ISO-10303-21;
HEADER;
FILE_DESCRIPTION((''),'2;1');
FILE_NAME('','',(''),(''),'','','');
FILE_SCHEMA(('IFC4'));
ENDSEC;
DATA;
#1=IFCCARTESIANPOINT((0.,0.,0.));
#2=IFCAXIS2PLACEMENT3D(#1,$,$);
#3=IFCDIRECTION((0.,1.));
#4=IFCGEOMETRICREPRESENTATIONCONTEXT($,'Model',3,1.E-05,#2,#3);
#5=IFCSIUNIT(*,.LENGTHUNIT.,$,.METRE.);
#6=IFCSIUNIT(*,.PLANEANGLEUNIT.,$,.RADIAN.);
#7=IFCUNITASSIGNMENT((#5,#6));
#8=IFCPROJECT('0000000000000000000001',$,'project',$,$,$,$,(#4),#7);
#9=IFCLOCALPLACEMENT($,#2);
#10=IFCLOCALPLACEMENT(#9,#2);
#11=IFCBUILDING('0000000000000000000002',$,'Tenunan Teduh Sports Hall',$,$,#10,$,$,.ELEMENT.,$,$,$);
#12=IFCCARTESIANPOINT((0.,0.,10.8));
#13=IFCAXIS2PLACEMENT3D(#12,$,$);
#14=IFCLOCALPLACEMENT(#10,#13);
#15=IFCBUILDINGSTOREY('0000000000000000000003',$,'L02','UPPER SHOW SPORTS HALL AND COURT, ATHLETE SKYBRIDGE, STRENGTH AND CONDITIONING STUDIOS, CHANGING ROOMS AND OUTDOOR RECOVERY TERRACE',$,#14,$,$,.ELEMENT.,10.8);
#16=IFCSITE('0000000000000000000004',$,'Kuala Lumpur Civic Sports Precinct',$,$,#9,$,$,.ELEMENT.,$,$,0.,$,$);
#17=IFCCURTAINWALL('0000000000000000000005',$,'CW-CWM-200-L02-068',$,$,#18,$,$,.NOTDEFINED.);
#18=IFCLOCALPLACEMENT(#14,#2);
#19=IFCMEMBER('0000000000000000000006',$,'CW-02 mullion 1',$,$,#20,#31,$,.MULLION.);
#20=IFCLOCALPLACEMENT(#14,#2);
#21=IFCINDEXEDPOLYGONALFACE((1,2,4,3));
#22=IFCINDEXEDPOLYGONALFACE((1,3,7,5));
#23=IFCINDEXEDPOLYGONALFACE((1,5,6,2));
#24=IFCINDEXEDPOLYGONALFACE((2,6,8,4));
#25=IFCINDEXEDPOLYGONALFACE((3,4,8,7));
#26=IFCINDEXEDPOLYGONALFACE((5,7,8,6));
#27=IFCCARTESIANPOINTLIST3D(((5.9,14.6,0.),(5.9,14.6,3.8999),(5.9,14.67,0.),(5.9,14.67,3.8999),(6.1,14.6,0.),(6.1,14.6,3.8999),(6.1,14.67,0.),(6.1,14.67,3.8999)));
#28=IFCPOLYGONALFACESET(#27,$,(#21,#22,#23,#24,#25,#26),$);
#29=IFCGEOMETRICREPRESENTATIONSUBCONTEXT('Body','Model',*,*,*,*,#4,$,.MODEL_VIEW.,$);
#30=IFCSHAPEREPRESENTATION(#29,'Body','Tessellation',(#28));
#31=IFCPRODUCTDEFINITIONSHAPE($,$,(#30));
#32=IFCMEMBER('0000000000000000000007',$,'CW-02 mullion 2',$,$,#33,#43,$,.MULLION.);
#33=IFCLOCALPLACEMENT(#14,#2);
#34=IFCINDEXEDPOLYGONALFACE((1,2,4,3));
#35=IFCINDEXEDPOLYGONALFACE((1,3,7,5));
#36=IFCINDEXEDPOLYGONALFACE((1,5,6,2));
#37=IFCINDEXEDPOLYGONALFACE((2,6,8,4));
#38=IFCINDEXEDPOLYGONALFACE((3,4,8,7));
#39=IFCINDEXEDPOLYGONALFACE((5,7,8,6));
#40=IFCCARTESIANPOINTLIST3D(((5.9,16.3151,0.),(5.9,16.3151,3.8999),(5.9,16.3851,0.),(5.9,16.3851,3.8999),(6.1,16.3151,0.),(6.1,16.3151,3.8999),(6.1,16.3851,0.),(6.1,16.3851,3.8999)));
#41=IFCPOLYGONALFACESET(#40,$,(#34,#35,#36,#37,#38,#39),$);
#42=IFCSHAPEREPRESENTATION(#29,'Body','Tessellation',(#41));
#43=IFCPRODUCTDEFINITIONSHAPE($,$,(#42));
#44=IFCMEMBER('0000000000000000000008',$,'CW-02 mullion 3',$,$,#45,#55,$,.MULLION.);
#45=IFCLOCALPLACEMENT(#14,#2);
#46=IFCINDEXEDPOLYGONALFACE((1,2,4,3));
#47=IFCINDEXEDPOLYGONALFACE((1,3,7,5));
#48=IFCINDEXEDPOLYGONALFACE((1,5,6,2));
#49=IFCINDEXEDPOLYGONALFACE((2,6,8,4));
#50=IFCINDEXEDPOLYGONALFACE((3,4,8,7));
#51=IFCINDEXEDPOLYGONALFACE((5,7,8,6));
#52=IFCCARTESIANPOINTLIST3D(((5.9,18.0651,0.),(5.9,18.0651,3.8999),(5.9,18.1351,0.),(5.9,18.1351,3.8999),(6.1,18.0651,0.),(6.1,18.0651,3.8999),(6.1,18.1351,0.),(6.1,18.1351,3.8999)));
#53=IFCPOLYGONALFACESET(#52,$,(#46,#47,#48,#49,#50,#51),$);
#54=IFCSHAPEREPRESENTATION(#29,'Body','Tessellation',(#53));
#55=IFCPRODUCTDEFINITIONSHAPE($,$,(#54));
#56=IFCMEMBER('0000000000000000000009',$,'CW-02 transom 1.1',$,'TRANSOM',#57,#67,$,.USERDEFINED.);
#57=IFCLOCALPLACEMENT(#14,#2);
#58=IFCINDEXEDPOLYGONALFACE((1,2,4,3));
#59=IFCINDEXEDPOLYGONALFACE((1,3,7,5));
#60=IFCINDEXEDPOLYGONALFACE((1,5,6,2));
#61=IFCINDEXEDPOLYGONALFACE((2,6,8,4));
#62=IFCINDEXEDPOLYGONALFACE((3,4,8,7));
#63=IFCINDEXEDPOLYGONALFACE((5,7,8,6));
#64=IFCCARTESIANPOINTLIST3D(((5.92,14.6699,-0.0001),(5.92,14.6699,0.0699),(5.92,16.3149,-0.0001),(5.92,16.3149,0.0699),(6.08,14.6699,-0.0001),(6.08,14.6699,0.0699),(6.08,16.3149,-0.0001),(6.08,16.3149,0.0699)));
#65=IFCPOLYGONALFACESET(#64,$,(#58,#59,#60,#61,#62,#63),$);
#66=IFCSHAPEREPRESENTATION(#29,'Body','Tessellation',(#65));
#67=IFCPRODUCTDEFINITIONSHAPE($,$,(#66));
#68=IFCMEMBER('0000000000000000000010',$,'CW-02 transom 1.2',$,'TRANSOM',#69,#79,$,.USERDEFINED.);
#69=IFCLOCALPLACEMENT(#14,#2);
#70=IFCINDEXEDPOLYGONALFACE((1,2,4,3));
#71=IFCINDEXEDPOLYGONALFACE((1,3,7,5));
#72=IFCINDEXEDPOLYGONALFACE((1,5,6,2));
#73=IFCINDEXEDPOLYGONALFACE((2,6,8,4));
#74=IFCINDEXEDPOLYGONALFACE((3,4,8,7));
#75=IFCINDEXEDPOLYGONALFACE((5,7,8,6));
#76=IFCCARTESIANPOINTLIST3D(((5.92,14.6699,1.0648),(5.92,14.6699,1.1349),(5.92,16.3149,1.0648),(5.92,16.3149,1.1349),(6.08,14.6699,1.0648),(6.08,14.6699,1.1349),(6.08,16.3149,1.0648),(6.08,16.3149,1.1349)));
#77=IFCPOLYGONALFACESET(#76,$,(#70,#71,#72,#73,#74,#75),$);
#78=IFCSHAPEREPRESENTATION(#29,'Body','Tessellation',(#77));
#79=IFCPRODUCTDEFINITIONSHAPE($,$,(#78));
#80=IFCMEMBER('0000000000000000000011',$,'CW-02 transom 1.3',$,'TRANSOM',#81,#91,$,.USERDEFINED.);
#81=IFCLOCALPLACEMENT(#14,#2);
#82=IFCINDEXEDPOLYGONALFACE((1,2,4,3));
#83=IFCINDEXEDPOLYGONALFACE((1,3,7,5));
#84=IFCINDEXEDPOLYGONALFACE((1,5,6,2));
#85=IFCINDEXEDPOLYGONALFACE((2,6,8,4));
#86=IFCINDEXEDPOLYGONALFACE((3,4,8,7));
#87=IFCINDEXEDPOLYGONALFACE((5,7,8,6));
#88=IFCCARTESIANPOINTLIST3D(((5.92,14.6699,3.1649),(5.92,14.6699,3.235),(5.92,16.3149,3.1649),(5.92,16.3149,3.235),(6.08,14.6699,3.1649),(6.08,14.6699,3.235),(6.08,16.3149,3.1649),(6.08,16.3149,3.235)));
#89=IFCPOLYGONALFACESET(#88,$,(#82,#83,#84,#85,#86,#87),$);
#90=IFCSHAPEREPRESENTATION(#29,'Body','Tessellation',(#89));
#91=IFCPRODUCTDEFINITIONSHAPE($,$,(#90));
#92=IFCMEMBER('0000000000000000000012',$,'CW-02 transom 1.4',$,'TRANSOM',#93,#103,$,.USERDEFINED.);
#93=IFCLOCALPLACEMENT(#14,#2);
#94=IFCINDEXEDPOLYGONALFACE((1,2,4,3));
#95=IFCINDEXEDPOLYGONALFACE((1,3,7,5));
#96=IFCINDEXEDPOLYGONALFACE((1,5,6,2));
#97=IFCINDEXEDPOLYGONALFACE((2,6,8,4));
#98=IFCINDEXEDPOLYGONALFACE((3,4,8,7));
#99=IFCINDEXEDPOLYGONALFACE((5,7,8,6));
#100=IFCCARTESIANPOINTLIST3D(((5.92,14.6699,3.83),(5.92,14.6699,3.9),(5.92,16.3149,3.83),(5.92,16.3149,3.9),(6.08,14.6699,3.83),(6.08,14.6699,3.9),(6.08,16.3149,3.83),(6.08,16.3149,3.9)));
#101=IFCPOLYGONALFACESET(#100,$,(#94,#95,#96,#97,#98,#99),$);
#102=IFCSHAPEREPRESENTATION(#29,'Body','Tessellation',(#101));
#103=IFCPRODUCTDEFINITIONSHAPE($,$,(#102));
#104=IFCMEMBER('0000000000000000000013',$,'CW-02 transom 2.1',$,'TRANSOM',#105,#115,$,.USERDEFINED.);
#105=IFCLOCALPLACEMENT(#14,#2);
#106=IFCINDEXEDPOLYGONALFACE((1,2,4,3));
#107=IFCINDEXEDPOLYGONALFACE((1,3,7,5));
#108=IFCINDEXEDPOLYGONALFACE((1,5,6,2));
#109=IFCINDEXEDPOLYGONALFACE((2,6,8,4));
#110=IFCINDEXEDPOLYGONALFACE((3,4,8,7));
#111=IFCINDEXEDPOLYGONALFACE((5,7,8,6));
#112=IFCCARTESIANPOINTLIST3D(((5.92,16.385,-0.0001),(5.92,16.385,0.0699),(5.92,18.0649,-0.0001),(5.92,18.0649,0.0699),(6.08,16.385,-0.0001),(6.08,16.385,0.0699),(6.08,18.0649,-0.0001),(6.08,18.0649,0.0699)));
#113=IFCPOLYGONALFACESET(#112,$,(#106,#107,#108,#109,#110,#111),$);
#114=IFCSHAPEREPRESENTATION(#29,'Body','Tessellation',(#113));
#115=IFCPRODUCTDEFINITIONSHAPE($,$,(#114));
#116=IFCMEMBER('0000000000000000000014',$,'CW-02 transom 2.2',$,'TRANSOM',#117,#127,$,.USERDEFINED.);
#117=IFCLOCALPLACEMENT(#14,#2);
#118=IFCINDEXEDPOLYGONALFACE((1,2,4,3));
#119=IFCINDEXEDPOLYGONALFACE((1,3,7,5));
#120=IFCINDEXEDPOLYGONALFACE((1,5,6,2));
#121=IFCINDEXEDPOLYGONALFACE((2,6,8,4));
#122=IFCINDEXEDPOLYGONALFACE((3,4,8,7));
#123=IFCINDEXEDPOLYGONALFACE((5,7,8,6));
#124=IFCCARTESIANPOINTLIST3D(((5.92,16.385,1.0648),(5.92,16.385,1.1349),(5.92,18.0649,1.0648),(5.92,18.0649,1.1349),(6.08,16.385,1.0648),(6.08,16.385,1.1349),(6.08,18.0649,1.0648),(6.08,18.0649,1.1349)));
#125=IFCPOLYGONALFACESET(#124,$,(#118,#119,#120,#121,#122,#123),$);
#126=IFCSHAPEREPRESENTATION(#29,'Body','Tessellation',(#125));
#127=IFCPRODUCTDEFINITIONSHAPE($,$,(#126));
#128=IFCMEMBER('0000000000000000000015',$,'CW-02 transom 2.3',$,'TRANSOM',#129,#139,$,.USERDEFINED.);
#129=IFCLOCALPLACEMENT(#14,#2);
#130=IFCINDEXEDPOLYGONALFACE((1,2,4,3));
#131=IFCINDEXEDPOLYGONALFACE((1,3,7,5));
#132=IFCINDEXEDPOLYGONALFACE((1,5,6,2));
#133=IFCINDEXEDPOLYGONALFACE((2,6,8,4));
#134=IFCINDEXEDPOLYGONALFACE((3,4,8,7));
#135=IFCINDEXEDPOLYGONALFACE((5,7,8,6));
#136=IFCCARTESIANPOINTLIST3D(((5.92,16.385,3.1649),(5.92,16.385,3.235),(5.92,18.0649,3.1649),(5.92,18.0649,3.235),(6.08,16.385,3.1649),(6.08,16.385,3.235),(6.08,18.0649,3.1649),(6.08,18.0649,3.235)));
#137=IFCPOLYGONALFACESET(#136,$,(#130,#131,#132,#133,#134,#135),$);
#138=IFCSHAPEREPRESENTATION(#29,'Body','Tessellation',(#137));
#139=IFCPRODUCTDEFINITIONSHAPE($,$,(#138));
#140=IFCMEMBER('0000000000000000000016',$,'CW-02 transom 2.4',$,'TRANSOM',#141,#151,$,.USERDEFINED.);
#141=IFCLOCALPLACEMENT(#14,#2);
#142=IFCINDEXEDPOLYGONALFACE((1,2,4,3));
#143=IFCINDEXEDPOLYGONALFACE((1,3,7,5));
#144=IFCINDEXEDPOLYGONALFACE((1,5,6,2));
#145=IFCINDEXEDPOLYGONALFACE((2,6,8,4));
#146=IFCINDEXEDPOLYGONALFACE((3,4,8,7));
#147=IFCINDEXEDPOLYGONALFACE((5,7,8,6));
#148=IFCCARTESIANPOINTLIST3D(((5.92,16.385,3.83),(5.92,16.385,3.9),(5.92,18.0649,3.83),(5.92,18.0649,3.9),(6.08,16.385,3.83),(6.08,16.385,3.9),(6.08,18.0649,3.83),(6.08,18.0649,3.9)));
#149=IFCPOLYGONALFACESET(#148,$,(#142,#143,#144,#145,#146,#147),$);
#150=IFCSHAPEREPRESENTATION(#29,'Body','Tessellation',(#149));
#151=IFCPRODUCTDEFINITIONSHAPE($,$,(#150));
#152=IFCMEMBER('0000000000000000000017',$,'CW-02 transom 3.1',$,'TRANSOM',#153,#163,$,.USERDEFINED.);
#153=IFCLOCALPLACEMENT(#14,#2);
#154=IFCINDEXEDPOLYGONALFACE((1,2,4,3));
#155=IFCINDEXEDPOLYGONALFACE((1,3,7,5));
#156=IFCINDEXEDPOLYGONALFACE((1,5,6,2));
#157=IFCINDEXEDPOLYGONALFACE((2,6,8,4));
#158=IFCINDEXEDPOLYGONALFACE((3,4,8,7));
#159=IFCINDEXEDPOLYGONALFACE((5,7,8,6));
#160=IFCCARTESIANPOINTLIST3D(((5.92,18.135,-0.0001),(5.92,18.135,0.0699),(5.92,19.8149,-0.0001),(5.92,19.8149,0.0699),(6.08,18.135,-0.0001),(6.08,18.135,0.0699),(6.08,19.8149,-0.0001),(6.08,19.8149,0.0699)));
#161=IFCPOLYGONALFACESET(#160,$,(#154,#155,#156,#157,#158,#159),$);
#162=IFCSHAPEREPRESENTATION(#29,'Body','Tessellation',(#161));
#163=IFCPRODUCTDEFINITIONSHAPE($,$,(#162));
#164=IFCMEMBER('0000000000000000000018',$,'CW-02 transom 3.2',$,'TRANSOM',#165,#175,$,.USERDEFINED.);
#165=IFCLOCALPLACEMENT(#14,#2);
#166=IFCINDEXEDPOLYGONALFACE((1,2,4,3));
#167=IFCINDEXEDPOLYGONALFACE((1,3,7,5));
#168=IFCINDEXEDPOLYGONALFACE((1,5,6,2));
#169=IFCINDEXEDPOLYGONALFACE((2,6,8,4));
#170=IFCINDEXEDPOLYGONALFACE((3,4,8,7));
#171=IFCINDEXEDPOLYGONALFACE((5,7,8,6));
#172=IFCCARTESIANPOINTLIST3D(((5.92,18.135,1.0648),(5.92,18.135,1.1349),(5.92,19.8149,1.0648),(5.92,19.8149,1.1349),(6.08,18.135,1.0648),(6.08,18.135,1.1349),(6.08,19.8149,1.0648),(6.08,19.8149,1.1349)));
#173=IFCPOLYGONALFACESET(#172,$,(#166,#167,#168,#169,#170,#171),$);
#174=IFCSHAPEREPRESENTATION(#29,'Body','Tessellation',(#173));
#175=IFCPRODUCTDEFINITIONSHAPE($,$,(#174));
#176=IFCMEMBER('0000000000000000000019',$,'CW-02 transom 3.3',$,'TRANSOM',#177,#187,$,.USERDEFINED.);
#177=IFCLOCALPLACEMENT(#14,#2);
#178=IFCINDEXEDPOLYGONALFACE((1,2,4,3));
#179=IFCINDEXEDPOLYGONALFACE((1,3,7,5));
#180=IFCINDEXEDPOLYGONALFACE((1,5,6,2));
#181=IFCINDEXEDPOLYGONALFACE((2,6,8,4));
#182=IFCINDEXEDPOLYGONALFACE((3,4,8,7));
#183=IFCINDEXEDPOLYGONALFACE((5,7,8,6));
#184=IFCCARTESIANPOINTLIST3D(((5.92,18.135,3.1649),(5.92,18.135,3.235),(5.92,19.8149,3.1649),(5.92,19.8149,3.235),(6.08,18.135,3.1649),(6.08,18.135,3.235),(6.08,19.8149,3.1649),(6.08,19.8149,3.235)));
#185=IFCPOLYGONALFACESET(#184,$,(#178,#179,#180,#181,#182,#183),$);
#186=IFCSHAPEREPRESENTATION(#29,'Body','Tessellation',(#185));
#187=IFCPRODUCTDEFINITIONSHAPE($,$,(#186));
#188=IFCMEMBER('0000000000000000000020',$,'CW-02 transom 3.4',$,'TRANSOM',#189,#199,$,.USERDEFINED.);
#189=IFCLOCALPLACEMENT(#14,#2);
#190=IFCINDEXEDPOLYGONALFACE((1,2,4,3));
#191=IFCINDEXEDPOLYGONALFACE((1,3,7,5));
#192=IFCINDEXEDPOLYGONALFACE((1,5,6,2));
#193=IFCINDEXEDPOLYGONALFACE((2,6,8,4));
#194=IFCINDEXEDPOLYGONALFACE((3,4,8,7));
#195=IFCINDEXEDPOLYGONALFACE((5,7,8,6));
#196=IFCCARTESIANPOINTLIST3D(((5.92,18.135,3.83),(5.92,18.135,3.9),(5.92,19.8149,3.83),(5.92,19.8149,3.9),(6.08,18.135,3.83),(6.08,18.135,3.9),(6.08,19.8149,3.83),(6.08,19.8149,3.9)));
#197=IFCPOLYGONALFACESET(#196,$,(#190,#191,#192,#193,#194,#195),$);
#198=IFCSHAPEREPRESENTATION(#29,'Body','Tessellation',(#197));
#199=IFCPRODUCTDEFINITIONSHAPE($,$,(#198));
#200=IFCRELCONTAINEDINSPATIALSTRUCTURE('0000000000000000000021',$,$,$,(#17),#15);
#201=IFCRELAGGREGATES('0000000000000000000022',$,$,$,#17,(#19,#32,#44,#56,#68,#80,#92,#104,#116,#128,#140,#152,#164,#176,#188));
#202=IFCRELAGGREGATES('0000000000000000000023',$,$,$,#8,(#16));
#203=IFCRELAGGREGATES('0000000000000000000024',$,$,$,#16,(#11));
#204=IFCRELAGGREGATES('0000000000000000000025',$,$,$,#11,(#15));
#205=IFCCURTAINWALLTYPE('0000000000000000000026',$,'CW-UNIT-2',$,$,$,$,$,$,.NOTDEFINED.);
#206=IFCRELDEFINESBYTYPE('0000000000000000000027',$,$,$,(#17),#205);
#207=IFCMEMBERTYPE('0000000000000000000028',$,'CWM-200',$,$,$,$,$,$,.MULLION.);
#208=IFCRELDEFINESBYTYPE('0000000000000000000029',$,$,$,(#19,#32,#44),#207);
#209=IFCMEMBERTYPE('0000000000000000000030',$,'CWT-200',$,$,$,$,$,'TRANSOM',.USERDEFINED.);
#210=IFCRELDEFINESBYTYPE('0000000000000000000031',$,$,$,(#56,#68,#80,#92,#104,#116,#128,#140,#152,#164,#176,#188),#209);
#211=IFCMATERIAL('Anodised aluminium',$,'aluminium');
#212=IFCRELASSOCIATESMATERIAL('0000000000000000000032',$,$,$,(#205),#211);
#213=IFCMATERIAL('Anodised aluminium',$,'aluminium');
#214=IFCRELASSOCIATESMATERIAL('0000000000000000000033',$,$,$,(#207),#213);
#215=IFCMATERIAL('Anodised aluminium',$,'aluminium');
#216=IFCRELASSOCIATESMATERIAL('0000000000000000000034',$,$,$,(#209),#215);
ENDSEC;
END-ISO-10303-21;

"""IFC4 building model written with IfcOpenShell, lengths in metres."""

from ifc_helpers import new_model, si_unit, direction, frame, origin, origin_2d, place, context, subcontext, project, spatial, rectangle, extrude, material, material_profile, profile_set, type_object, element, aggregate, save


model = new_model("IFC4")

# Units and contexts
model_context = context("Model", 3, precision=1e-05, world=origin(), true_north=direction((0.0, 1.0)))
body_context = subcontext(model_context, "Body", "Model", "MODEL_VIEW")
ifc_project = project(units=[si_unit("LENGTHUNIT", "METRE"), si_unit("PLANEANGLEUNIT", "RADIAN")], contexts=[model_context])

# Site, building, storey
site_placement = place(None, origin())
site = spatial("IfcSite", under=ifc_project, at=site_placement, Name="Kuala Lumpur Civic Sports Precinct", CompositionType="ELEMENT", RefElevation=0.0)
building_placement = place(site_placement, origin())
building = spatial("IfcBuilding", under=site, at=building_placement, Name="Tenunan Teduh Sports Hall", CompositionType="ELEMENT")
storey_placement = place(building_placement, frame((0.0, 0.0, 10.8)))
storey = spatial("IfcBuildingStorey", under=building, at=storey_placement, Name="L02", Description="UPPER SHOW SPORTS HALL AND COURT, ATHLETE SKYBRIDGE, STRENGTH AND CONDITIONING STUDIOS, CHANGING ROOMS AND OUTDOOR RECOVERY TERRACE", CompositionType="ELEMENT", Elevation=10.8)

# Curtain wall, members
ifc_material_1 = material(Name="Anodised aluminium", Category="aluminium")
curtain_wall_type = type_object("IfcCurtainWallType", Name="CW-UNIT-2", PredefinedType="NOTDEFINED", material=ifc_material_1)
curtain_wall_placement = place(storey_placement, origin())
curtain_wall = element("IfcCurtainWall", 1, at=curtain_wall_placement, inside=storey, type_object=curtain_wall_type, Name="CW-CWM-200-L02-068", PredefinedType="NOTDEFINED")
ifc_material_2 = material(Name="Anodised aluminium", Category="aluminium")
ifc_material_profile_1 = material_profile(ifc_material_2, rectangle(XDim=0.0701, YDim=0.2, at=origin_2d()), Name="CWM 70x200")
ifc_profile_set_1 = profile_set([ifc_material_profile_1], Name="Anodised aluminium")
member_type_1 = type_object("IfcMemberType", Name="CWM-200", PredefinedType="MULLION", material=ifc_profile_set_1)
member_1_placement = place(storey_placement, frame((6.0, 14.635, 0.0), z_axis=(0.0, 0.0, 1.0), x_axis=(0.0, 1.0, 0.0)))
member_1 = element("IfcMember", 2, at=member_1_placement, type_object=member_type_1, Name="CW-02 mullion 1", PredefinedType="MULLION", context=body_context, shape_type="SweptSolid", body=[
    extrude(rectangle(XDim=0.0701, YDim=0.2, at=origin_2d()), origin(), (0.0, 0.0, 1.0), 3.8999),
])
member_2_placement = place(storey_placement, frame((6.0, 16.3501, 0.0), z_axis=(0.0, 0.0, 1.0), x_axis=(0.0, 1.0, 0.0)))
member_2 = element("IfcMember", 3, at=member_2_placement, type_object=member_type_1, Name="CW-02 mullion 2", PredefinedType="MULLION", context=body_context, shape_type="SweptSolid", body=[
    extrude(rectangle(XDim=0.0701, YDim=0.2, at=origin_2d()), origin(), (0.0, 0.0, 1.0), 3.8999),
])
member_3_placement = place(storey_placement, frame((6.0, 18.1001, 0.0), z_axis=(0.0, 0.0, 1.0), x_axis=(0.0, 1.0, 0.0)))
member_3 = element("IfcMember", 4, at=member_3_placement, type_object=member_type_1, Name="CW-02 mullion 3", PredefinedType="MULLION", context=body_context, shape_type="SweptSolid", body=[
    extrude(rectangle(XDim=0.0701, YDim=0.2, at=origin_2d()), origin(), (0.0, 0.0, 1.0), 3.8999),
])
ifc_material_3 = material(Name="Anodised aluminium", Category="aluminium")
ifc_material_profile_2 = material_profile(ifc_material_3, rectangle(XDim=0.0701, YDim=0.1599, at=origin_2d()), Name="CWT 70x160")
ifc_profile_set_2 = profile_set([ifc_material_profile_2], Name="Anodised aluminium")
member_type_2 = type_object("IfcMemberType", Name="CWT-200", ElementType="TRANSOM", PredefinedType="USERDEFINED", material=ifc_profile_set_2)
member_4_placement = place(storey_placement, frame((6.0, 14.6699, 0.0349), z_axis=(0.0, 1.0, 0.0), x_axis=(0.0, 0.0, 1.0)))
member_4 = element("IfcMember", 5, at=member_4_placement, type_object=member_type_2, Name="CW-02 transom 1.1", ObjectType="TRANSOM", PredefinedType="USERDEFINED", context=body_context, shape_type="SweptSolid", body=[
    extrude(rectangle(XDim=0.0701, YDim=0.1599, at=origin_2d()), origin(), (0.0, 0.0, 1.0), 1.645),
])
member_5_placement = place(storey_placement, frame((6.0, 14.6699, 1.0999), z_axis=(0.0, 1.0, 0.0), x_axis=(0.0, 0.0, 1.0)))
member_5 = element("IfcMember", 6, at=member_5_placement, type_object=member_type_2, Name="CW-02 transom 1.2", ObjectType="TRANSOM", PredefinedType="USERDEFINED", context=body_context, shape_type="SweptSolid", body=[
    extrude(rectangle(XDim=0.0701, YDim=0.1599, at=origin_2d()), origin(), (0.0, 0.0, 1.0), 1.645),
])
member_6_placement = place(storey_placement, frame((6.0, 14.6699, 3.2), z_axis=(0.0, 1.0, 0.0), x_axis=(0.0, 0.0, 1.0)))
member_6 = element("IfcMember", 7, at=member_6_placement, type_object=member_type_2, Name="CW-02 transom 1.3", ObjectType="TRANSOM", PredefinedType="USERDEFINED", context=body_context, shape_type="SweptSolid", body=[
    extrude(rectangle(XDim=0.0701, YDim=0.1599, at=origin_2d()), origin(), (0.0, 0.0, 1.0), 1.645),
])
member_7_placement = place(storey_placement, frame((6.0, 14.6699, 3.865), z_axis=(0.0, 1.0, 0.0), x_axis=(0.0, 0.0, 1.0)))
member_7 = element("IfcMember", 8, at=member_7_placement, type_object=member_type_2, Name="CW-02 transom 1.4", ObjectType="TRANSOM", PredefinedType="USERDEFINED", context=body_context, shape_type="SweptSolid", body=[
    extrude(rectangle(XDim=0.0701, YDim=0.1599, at=origin_2d()), origin(), (0.0, 0.0, 1.0), 1.645),
])
member_8_placement = place(storey_placement, frame((6.0, 16.385, 0.0349), z_axis=(0.0, 1.0, 0.0), x_axis=(0.0, 0.0, 1.0)))
member_8 = element("IfcMember", 9, at=member_8_placement, type_object=member_type_2, Name="CW-02 transom 2.1", ObjectType="TRANSOM", PredefinedType="USERDEFINED", context=body_context, shape_type="SweptSolid", body=[
    extrude(rectangle(XDim=0.0701, YDim=0.1599, at=origin_2d()), origin(), (0.0, 0.0, 1.0), 1.6799),
])
member_9_placement = place(storey_placement, frame((6.0, 16.385, 1.0999), z_axis=(0.0, 1.0, 0.0), x_axis=(0.0, 0.0, 1.0)))
member_9 = element("IfcMember", 10, at=member_9_placement, type_object=member_type_2, Name="CW-02 transom 2.2", ObjectType="TRANSOM", PredefinedType="USERDEFINED", context=body_context, shape_type="SweptSolid", body=[
    extrude(rectangle(XDim=0.0701, YDim=0.1599, at=origin_2d()), origin(), (0.0, 0.0, 1.0), 1.6799),
])
member_10_placement = place(storey_placement, frame((6.0, 16.385, 3.2), z_axis=(0.0, 1.0, 0.0), x_axis=(0.0, 0.0, 1.0)))
member_10 = element("IfcMember", 11, at=member_10_placement, type_object=member_type_2, Name="CW-02 transom 2.3", ObjectType="TRANSOM", PredefinedType="USERDEFINED", context=body_context, shape_type="SweptSolid", body=[
    extrude(rectangle(XDim=0.0701, YDim=0.1599, at=origin_2d()), origin(), (0.0, 0.0, 1.0), 1.6799),
])
member_11_placement = place(storey_placement, frame((6.0, 16.385, 3.865), z_axis=(0.0, 1.0, 0.0), x_axis=(0.0, 0.0, 1.0)))
member_11 = element("IfcMember", 12, at=member_11_placement, type_object=member_type_2, Name="CW-02 transom 2.4", ObjectType="TRANSOM", PredefinedType="USERDEFINED", context=body_context, shape_type="SweptSolid", body=[
    extrude(rectangle(XDim=0.0701, YDim=0.1599, at=origin_2d()), origin(), (0.0, 0.0, 1.0), 1.6799),
])
member_12_placement = place(storey_placement, frame((6.0, 18.135, 0.0349), z_axis=(0.0, 1.0, 0.0), x_axis=(0.0, 0.0, 1.0)))
member_12 = element("IfcMember", 13, at=member_12_placement, type_object=member_type_2, Name="CW-02 transom 3.1", ObjectType="TRANSOM", PredefinedType="USERDEFINED", context=body_context, shape_type="SweptSolid", body=[
    extrude(rectangle(XDim=0.0701, YDim=0.1599, at=origin_2d()), origin(), (0.0, 0.0, 1.0), 1.6799),
])
member_13_placement = place(storey_placement, frame((6.0, 18.135, 1.0999), z_axis=(0.0, 1.0, 0.0), x_axis=(0.0, 0.0, 1.0)))
member_13 = element("IfcMember", 14, at=member_13_placement, type_object=member_type_2, Name="CW-02 transom 3.2", ObjectType="TRANSOM", PredefinedType="USERDEFINED", context=body_context, shape_type="SweptSolid", body=[
    extrude(rectangle(XDim=0.0701, YDim=0.1599, at=origin_2d()), origin(), (0.0, 0.0, 1.0), 1.6799),
])
member_14_placement = place(storey_placement, frame((6.0, 18.135, 3.2), z_axis=(0.0, 1.0, 0.0), x_axis=(0.0, 0.0, 1.0)))
member_14 = element("IfcMember", 15, at=member_14_placement, type_object=member_type_2, Name="CW-02 transom 3.3", ObjectType="TRANSOM", PredefinedType="USERDEFINED", context=body_context, shape_type="SweptSolid", body=[
    extrude(rectangle(XDim=0.0701, YDim=0.1599, at=origin_2d()), origin(), (0.0, 0.0, 1.0), 1.6799),
])
member_15_placement = place(storey_placement, frame((6.0, 18.135, 3.865), z_axis=(0.0, 1.0, 0.0), x_axis=(0.0, 0.0, 1.0)))
member_15 = element("IfcMember", 16, at=member_15_placement, type_object=member_type_2, Name="CW-02 transom 3.4", ObjectType="TRANSOM", PredefinedType="USERDEFINED", context=body_context, shape_type="SweptSolid", body=[
    extrude(rectangle(XDim=0.0701, YDim=0.1599, at=origin_2d()), origin(), (0.0, 0.0, 1.0), 1.6799),
])
aggregate(curtain_wall, [member_1, member_2, member_3, member_4, member_5, member_6, member_7, member_8, member_9, member_10, member_11, member_12, member_13, member_14, member_15])

save(model, "model.ifc")
